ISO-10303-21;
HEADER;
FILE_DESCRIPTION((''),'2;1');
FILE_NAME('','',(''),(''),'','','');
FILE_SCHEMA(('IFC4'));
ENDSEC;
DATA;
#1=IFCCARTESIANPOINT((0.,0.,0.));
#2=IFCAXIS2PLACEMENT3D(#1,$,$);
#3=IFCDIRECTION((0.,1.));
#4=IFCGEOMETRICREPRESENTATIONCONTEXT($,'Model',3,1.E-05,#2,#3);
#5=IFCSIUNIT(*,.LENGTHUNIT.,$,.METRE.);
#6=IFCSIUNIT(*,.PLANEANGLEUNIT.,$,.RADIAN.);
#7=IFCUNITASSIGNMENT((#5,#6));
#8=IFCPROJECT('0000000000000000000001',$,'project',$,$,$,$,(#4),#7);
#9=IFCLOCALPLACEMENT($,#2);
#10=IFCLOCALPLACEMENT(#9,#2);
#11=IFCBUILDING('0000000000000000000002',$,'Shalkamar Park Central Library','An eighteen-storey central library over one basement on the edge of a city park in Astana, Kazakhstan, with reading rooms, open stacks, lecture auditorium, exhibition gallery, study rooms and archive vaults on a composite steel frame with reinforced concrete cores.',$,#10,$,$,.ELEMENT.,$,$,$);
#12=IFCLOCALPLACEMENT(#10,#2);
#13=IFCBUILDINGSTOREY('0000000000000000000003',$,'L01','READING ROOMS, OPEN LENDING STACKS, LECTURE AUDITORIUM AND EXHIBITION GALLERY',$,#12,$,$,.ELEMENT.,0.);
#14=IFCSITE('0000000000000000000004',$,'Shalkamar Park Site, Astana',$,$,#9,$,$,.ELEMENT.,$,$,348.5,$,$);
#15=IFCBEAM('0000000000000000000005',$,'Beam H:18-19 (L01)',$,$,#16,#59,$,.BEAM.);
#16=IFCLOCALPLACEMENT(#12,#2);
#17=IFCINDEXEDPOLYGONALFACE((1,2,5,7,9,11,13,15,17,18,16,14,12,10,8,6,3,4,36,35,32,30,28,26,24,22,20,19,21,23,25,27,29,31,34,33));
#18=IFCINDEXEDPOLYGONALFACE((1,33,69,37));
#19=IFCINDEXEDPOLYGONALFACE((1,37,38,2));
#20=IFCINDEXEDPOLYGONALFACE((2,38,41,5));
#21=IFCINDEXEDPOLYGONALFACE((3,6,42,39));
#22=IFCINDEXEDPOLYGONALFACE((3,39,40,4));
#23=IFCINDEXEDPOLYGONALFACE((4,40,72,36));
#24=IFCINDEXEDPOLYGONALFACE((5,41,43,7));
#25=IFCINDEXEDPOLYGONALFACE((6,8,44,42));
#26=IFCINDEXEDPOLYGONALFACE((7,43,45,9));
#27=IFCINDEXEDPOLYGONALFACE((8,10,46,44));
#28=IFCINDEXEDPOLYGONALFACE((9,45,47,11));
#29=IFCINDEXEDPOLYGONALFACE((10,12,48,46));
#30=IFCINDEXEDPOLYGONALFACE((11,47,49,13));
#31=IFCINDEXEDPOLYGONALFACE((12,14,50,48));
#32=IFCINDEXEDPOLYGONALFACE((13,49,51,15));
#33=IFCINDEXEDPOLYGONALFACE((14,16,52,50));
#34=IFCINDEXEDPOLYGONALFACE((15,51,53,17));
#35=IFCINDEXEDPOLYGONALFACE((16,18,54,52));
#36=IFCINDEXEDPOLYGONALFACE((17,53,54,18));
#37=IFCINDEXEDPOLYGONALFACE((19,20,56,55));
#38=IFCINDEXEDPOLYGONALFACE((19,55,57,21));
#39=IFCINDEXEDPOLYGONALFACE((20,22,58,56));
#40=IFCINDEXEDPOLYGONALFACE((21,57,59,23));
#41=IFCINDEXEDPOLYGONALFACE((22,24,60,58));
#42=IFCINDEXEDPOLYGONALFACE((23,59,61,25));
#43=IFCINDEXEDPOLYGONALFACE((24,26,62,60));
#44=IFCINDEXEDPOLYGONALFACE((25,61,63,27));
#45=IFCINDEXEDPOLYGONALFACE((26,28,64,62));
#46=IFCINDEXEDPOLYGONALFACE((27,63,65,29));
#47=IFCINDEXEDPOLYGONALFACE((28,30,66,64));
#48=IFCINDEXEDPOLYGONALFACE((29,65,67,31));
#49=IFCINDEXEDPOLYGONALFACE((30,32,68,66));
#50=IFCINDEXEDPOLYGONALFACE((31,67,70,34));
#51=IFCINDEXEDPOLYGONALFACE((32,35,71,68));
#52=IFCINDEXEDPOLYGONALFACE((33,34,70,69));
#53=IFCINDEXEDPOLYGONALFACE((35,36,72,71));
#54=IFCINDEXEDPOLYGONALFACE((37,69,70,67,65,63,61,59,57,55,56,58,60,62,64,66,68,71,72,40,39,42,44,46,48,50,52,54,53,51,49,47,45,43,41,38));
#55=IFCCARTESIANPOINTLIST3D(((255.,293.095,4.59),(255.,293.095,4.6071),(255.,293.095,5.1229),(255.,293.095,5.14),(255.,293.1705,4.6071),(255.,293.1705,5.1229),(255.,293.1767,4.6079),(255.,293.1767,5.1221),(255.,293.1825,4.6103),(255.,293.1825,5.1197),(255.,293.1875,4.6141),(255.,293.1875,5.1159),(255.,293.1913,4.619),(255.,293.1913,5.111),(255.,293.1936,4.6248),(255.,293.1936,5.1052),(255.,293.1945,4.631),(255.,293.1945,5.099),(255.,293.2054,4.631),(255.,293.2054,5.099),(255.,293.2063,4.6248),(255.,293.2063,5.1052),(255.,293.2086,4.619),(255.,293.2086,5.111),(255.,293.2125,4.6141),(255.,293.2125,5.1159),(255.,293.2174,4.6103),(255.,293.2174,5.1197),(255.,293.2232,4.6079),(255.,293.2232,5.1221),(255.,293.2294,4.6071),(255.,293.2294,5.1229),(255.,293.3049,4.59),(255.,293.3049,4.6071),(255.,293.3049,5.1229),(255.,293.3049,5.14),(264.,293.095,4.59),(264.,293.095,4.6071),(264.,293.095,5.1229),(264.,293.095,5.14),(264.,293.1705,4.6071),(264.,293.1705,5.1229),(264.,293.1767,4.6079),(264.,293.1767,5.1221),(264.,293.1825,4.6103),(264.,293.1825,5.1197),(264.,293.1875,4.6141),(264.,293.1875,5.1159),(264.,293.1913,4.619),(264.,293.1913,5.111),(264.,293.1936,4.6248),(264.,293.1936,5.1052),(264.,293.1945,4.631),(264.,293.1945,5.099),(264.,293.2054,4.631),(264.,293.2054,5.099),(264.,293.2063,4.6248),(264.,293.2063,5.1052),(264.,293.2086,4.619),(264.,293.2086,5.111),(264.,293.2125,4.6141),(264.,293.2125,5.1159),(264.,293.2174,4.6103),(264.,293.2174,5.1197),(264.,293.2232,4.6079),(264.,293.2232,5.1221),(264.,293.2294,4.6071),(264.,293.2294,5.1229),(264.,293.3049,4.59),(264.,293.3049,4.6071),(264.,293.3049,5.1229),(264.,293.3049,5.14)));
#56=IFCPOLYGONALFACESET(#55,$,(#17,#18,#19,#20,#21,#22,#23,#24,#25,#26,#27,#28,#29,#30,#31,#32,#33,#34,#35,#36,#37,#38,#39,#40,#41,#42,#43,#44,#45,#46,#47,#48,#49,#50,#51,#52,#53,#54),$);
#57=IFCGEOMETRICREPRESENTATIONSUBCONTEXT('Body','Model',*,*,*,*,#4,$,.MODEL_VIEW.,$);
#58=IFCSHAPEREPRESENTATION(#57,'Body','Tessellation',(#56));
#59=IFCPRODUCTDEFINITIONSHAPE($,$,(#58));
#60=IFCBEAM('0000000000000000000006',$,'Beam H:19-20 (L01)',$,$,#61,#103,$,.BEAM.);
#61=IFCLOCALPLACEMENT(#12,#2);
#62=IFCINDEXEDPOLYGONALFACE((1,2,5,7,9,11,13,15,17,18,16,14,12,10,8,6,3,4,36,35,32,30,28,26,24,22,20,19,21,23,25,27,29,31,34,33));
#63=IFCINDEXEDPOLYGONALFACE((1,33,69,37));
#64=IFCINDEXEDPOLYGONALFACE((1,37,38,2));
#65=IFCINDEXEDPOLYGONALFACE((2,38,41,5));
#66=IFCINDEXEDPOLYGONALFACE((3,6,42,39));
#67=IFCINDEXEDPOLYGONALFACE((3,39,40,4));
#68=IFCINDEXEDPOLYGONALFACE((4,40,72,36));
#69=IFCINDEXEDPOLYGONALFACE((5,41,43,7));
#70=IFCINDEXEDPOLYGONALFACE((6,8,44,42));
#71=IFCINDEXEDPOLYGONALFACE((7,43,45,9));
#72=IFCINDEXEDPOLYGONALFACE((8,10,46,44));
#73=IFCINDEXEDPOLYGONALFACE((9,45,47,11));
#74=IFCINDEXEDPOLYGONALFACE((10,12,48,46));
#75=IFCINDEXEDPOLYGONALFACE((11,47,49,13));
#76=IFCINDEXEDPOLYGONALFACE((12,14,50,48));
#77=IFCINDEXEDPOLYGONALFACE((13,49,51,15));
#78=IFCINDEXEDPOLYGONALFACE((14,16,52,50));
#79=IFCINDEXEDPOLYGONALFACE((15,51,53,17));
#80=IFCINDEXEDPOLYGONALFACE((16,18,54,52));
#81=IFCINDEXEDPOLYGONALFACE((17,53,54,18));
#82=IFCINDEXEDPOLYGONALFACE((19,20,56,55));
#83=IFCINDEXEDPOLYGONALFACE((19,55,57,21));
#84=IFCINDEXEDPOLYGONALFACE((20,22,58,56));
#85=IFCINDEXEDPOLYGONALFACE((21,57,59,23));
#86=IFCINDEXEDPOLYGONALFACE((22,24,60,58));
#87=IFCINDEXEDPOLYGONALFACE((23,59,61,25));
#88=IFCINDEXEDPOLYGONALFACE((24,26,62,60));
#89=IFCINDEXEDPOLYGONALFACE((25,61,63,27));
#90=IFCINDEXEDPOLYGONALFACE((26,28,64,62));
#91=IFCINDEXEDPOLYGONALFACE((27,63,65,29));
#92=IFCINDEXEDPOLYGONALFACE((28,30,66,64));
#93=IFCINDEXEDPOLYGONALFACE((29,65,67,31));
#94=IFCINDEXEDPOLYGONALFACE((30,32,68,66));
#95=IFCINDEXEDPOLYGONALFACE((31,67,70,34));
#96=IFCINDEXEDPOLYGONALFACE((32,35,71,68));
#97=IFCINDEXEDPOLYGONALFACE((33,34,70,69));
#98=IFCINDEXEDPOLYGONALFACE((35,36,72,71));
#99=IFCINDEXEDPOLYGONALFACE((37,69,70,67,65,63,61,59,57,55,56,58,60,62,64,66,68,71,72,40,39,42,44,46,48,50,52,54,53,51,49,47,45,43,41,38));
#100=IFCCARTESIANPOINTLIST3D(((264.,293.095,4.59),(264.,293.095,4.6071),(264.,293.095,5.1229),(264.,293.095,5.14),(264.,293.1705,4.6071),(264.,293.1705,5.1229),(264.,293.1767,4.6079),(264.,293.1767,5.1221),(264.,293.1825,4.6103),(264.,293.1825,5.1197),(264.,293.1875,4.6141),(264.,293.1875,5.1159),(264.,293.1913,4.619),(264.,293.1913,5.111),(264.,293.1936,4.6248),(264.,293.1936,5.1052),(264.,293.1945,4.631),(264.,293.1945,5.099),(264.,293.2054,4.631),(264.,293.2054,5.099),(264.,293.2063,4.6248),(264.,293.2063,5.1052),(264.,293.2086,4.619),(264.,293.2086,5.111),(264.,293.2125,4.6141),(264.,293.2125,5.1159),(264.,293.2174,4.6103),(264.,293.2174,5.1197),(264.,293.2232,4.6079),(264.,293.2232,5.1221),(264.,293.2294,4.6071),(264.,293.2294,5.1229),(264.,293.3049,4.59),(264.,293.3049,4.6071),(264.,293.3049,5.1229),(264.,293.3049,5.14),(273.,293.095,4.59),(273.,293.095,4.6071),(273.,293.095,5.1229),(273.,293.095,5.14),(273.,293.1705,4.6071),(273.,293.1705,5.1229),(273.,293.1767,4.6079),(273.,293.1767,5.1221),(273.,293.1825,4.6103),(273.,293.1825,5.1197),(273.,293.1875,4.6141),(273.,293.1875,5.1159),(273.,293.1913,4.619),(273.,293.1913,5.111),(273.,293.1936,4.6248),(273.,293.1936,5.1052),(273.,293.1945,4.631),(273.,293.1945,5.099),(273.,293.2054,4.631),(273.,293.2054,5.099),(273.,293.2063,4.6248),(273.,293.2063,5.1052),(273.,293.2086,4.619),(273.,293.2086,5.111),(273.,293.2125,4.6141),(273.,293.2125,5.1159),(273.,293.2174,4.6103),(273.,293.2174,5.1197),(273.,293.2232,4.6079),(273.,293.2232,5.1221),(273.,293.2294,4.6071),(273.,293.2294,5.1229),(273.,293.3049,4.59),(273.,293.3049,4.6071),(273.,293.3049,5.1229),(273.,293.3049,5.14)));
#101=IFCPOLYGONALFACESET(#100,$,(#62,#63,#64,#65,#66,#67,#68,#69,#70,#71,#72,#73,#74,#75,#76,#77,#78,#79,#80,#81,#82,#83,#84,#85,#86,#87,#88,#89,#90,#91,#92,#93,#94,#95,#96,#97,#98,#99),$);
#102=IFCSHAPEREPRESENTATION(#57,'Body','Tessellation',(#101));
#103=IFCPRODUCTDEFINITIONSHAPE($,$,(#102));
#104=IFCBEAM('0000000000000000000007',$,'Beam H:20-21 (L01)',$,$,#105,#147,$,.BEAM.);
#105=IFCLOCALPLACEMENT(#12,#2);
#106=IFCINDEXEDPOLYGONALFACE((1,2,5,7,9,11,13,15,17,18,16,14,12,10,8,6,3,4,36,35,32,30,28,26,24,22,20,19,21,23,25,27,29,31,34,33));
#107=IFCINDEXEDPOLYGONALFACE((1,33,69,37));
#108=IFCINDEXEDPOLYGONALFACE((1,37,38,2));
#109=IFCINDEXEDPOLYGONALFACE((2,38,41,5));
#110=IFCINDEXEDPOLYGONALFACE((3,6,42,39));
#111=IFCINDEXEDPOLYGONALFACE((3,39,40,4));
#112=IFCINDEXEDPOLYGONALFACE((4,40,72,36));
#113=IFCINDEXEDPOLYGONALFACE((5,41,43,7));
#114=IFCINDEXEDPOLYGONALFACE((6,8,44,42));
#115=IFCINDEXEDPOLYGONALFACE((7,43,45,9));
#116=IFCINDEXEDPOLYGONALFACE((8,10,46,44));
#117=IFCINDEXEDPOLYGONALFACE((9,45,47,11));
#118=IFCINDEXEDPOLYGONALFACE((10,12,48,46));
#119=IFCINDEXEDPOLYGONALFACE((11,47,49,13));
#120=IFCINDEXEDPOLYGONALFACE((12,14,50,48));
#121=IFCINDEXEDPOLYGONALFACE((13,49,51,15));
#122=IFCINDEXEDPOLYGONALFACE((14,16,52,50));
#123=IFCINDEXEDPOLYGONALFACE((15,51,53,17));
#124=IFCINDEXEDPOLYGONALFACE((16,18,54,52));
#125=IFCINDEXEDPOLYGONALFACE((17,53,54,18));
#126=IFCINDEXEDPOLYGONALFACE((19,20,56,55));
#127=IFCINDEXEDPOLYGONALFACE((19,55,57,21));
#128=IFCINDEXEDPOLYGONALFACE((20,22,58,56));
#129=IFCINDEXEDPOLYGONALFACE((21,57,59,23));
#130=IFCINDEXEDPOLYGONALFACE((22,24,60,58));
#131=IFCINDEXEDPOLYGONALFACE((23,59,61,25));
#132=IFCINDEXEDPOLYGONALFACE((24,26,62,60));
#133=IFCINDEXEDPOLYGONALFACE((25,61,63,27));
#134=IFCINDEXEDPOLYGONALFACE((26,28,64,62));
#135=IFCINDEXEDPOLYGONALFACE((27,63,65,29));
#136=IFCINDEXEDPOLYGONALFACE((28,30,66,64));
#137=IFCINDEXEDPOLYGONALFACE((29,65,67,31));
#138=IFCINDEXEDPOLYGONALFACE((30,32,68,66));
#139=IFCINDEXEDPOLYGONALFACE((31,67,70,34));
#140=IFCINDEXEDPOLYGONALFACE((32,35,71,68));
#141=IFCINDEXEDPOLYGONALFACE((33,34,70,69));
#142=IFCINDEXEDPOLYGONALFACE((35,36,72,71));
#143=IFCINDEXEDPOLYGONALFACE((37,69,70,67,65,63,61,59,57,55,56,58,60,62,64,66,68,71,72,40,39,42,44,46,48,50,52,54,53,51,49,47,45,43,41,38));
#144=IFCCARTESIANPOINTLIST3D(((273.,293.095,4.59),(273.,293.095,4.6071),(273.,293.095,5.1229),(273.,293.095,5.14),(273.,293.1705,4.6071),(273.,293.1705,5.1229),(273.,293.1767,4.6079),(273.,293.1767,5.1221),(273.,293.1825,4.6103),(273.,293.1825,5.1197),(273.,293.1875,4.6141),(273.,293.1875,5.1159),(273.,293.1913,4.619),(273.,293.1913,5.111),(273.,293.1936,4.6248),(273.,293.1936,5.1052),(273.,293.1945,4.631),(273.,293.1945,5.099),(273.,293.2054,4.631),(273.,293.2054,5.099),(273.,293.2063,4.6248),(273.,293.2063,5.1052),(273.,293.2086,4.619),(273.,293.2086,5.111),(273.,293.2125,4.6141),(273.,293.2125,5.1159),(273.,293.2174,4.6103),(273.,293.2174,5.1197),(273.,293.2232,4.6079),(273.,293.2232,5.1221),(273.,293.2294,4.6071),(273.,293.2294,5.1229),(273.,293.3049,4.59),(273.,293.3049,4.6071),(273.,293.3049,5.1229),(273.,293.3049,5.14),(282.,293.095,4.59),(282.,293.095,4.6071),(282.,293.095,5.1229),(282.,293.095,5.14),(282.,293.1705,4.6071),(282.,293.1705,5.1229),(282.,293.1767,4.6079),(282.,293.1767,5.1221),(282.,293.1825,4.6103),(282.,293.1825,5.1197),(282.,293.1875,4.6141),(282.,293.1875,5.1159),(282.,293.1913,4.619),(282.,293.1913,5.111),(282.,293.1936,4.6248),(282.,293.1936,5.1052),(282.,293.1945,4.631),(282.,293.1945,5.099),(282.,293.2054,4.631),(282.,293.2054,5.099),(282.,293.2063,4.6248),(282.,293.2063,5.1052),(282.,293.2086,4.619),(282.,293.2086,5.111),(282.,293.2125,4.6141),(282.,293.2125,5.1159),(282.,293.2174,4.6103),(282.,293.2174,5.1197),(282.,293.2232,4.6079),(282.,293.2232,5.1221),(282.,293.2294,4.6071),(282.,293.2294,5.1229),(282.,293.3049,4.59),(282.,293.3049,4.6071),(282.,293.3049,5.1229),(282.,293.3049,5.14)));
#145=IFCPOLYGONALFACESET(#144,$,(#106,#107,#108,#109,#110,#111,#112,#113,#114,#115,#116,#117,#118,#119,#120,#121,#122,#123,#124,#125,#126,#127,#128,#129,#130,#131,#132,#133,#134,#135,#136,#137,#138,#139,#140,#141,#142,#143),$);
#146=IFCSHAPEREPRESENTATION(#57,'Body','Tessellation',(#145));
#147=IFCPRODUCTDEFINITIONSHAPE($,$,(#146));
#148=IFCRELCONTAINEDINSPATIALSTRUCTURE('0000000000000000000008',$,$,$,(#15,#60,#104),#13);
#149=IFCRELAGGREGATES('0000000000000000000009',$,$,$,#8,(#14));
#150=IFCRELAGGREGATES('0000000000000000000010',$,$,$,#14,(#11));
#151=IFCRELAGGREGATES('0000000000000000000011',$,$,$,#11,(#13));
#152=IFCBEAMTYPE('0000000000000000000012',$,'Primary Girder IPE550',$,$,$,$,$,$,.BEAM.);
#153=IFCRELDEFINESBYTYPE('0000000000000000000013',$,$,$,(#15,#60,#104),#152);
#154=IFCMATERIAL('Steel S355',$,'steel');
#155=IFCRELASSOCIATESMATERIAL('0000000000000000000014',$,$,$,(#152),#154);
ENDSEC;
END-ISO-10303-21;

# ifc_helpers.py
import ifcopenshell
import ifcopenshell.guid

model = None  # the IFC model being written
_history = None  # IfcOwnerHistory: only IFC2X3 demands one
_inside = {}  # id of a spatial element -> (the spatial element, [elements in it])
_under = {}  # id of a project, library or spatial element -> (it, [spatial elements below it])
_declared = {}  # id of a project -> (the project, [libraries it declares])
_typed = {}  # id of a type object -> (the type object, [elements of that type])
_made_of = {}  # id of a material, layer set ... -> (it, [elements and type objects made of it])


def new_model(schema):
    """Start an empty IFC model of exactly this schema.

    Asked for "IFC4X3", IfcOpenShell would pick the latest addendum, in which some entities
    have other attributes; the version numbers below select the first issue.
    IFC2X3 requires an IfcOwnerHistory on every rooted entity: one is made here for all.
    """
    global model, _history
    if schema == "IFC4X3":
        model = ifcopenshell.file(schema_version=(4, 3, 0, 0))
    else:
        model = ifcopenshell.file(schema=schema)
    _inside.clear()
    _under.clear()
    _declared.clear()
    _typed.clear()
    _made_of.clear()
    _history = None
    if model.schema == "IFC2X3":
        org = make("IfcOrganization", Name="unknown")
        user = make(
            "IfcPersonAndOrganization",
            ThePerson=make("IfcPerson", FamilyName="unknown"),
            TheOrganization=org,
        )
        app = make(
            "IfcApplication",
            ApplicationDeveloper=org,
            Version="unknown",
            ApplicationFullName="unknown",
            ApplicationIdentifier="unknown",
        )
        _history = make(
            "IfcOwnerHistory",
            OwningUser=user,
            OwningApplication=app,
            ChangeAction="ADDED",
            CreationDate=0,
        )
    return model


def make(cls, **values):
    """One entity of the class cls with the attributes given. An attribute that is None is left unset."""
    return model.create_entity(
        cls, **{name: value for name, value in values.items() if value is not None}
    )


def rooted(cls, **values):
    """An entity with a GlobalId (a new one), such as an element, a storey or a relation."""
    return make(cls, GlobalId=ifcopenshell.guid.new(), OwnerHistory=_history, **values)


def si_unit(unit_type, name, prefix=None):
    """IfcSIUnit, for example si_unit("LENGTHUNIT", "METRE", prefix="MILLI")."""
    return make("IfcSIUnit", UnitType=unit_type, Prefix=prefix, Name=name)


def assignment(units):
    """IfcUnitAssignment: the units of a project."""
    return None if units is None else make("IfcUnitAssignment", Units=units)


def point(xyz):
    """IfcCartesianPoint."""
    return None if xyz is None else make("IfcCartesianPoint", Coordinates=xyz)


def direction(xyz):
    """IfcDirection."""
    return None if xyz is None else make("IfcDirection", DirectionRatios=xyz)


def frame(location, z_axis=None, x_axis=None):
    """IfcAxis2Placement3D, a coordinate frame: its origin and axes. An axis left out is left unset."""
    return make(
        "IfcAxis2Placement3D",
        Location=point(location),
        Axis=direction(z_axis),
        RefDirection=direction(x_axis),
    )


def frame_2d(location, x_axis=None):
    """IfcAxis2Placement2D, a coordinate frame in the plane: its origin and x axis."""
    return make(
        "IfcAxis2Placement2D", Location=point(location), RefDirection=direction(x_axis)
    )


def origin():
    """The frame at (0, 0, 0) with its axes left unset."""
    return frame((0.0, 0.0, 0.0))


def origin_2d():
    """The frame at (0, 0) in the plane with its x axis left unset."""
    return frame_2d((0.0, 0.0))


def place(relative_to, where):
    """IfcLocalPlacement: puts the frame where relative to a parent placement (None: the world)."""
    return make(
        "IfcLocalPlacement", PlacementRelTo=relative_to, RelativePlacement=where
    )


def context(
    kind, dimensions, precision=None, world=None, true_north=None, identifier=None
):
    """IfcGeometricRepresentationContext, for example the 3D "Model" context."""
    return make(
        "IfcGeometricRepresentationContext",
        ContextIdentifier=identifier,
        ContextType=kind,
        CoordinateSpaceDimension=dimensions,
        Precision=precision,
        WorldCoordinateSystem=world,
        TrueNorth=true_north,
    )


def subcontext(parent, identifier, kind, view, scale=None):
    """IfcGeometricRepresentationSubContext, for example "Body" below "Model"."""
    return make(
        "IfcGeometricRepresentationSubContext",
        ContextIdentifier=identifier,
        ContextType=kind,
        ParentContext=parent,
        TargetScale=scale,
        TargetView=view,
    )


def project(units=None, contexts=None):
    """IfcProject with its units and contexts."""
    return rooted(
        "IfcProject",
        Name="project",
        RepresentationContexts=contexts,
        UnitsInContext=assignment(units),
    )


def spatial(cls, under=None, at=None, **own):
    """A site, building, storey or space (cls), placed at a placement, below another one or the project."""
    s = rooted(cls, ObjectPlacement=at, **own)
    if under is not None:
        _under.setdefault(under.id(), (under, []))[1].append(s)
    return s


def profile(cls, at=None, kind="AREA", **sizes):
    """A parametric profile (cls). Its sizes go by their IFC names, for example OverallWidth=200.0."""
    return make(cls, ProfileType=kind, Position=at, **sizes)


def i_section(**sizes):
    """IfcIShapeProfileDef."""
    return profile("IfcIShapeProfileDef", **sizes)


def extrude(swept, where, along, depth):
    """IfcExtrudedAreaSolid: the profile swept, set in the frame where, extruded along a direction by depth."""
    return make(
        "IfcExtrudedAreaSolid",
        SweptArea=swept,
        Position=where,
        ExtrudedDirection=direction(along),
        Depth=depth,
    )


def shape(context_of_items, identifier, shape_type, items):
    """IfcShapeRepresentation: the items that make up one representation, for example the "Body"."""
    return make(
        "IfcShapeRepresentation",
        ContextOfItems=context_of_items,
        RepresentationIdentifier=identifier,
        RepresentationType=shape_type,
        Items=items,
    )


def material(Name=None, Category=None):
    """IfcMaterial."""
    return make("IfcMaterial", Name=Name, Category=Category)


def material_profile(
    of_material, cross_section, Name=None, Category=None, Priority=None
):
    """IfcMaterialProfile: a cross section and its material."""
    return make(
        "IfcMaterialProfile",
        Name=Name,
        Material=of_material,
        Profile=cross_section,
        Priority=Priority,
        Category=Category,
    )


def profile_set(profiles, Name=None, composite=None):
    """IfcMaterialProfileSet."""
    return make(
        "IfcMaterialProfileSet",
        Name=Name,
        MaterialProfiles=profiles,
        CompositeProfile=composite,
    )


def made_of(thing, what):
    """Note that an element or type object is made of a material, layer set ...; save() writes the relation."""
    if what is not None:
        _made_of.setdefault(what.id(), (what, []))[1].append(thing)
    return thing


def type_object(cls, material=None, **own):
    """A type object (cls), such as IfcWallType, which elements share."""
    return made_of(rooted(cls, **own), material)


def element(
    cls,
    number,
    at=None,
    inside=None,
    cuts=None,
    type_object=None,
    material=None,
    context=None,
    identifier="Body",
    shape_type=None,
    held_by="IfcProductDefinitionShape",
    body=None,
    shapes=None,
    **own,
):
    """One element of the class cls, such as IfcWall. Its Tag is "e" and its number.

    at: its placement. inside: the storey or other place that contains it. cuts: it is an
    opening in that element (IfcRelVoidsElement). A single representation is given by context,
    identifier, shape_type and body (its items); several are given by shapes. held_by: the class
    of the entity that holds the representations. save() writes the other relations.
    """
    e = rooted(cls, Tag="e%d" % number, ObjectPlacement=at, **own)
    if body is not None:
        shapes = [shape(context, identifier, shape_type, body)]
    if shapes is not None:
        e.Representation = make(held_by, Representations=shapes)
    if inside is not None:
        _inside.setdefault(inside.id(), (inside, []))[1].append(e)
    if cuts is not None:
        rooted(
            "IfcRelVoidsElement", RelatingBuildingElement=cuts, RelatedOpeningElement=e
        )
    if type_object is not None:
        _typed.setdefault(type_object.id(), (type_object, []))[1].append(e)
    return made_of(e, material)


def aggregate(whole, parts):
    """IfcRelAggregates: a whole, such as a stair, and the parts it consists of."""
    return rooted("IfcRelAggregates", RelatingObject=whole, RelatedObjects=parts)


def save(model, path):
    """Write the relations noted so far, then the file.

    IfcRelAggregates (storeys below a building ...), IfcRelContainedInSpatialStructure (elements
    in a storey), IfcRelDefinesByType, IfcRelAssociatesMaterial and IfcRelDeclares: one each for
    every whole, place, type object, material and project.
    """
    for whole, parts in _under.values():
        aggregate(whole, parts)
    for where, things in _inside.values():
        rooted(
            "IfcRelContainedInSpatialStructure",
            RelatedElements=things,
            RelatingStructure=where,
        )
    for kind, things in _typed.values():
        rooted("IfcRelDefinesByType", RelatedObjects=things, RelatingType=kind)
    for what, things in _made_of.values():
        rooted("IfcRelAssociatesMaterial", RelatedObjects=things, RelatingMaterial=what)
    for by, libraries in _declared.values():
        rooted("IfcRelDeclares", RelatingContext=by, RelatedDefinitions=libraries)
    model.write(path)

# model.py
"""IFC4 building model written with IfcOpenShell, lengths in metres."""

from ifc_helpers import new_model, si_unit, direction, frame, origin, origin_2d, place, context, subcontext, project, spatial, i_section, extrude, material, material_profile, profile_set, type_object, element, save


model = new_model("IFC4")

# Units and contexts
model_context = context("Model", 3, precision=1e-05, world=origin(), true_north=direction((0.0, 1.0)))
body_context = subcontext(model_context, "Body", "Model", "MODEL_VIEW")
ifc_project = project(units=[si_unit("LENGTHUNIT", "METRE"), si_unit("PLANEANGLEUNIT", "RADIAN")], contexts=[model_context])

# Site, building, storey
site_placement = place(None, origin())
site = spatial("IfcSite", under=ifc_project, at=site_placement, Name="Shalkamar Park Site, Astana", CompositionType="ELEMENT", RefElevation=348.5)
building_placement = place(site_placement, origin())
building = spatial("IfcBuilding", under=site, at=building_placement, Name="Shalkamar Park Central Library", Description="An eighteen-storey central library over one basement on the edge of a city park in Astana, Kazakhstan, with reading rooms, open stacks, lecture auditorium, exhibition gallery, study rooms and archive vaults on a composite steel frame with reinforced concrete cores.", CompositionType="ELEMENT")
storey_placement = place(building_placement, origin())
storey = spatial("IfcBuildingStorey", under=building, at=storey_placement, Name="L01", Description="READING ROOMS, OPEN LENDING STACKS, LECTURE AUDITORIUM AND EXHIBITION GALLERY", CompositionType="ELEMENT", Elevation=0.0)

# Shared definitions
ifc_material = material(Name="Steel S355", Category="steel")

# Beams
ifc_material_profile_1 = material_profile(ifc_material, i_section(OverallWidth=0.21, OverallDepth=0.55, WebThickness=0.011, FlangeThickness=0.0171, FilletRadius=0.0239, at=origin_2d()), Name="IPE 550")
ifc_profile_set_1 = profile_set([ifc_material_profile_1], Name="Steel S355")
beam_type_1 = type_object("IfcBeamType", Name="Primary Girder IPE550", PredefinedType="BEAM", material=ifc_profile_set_1)
for number, where, z_axis, x_axis, name in (
    (1, (255.0, 293.2, 4.865), (1.0, 0.0, 0.0), (0.0, 1.0, 0.0), "Beam H:18-19 (L01)"),
    (2, (264.0, 293.2, 4.865), (1.0, 0.0, 0.0), (0.0, 1.0, 0.0), "Beam H:19-20 (L01)"),
    (3, (273.0, 293.2, 4.865), (1.0, 0.0, 0.0), (0.0, 1.0, 0.0), "Beam H:20-21 (L01)"),
):
    element("IfcBeam", number, at=place(storey_placement, frame(where, z_axis=z_axis, x_axis=x_axis)), inside=storey, type_object=beam_type_1, Name=name, PredefinedType="BEAM", context=body_context, shape_type="SweptSolid", body=[
        extrude(i_section(OverallWidth=0.21, OverallDepth=0.55, WebThickness=0.011, FlangeThickness=0.0171, FilletRadius=0.0239, at=origin_2d()), origin(), (0.0, 0.0, 1.0), 9.0),
    ])

save(model, "model.ifc")
